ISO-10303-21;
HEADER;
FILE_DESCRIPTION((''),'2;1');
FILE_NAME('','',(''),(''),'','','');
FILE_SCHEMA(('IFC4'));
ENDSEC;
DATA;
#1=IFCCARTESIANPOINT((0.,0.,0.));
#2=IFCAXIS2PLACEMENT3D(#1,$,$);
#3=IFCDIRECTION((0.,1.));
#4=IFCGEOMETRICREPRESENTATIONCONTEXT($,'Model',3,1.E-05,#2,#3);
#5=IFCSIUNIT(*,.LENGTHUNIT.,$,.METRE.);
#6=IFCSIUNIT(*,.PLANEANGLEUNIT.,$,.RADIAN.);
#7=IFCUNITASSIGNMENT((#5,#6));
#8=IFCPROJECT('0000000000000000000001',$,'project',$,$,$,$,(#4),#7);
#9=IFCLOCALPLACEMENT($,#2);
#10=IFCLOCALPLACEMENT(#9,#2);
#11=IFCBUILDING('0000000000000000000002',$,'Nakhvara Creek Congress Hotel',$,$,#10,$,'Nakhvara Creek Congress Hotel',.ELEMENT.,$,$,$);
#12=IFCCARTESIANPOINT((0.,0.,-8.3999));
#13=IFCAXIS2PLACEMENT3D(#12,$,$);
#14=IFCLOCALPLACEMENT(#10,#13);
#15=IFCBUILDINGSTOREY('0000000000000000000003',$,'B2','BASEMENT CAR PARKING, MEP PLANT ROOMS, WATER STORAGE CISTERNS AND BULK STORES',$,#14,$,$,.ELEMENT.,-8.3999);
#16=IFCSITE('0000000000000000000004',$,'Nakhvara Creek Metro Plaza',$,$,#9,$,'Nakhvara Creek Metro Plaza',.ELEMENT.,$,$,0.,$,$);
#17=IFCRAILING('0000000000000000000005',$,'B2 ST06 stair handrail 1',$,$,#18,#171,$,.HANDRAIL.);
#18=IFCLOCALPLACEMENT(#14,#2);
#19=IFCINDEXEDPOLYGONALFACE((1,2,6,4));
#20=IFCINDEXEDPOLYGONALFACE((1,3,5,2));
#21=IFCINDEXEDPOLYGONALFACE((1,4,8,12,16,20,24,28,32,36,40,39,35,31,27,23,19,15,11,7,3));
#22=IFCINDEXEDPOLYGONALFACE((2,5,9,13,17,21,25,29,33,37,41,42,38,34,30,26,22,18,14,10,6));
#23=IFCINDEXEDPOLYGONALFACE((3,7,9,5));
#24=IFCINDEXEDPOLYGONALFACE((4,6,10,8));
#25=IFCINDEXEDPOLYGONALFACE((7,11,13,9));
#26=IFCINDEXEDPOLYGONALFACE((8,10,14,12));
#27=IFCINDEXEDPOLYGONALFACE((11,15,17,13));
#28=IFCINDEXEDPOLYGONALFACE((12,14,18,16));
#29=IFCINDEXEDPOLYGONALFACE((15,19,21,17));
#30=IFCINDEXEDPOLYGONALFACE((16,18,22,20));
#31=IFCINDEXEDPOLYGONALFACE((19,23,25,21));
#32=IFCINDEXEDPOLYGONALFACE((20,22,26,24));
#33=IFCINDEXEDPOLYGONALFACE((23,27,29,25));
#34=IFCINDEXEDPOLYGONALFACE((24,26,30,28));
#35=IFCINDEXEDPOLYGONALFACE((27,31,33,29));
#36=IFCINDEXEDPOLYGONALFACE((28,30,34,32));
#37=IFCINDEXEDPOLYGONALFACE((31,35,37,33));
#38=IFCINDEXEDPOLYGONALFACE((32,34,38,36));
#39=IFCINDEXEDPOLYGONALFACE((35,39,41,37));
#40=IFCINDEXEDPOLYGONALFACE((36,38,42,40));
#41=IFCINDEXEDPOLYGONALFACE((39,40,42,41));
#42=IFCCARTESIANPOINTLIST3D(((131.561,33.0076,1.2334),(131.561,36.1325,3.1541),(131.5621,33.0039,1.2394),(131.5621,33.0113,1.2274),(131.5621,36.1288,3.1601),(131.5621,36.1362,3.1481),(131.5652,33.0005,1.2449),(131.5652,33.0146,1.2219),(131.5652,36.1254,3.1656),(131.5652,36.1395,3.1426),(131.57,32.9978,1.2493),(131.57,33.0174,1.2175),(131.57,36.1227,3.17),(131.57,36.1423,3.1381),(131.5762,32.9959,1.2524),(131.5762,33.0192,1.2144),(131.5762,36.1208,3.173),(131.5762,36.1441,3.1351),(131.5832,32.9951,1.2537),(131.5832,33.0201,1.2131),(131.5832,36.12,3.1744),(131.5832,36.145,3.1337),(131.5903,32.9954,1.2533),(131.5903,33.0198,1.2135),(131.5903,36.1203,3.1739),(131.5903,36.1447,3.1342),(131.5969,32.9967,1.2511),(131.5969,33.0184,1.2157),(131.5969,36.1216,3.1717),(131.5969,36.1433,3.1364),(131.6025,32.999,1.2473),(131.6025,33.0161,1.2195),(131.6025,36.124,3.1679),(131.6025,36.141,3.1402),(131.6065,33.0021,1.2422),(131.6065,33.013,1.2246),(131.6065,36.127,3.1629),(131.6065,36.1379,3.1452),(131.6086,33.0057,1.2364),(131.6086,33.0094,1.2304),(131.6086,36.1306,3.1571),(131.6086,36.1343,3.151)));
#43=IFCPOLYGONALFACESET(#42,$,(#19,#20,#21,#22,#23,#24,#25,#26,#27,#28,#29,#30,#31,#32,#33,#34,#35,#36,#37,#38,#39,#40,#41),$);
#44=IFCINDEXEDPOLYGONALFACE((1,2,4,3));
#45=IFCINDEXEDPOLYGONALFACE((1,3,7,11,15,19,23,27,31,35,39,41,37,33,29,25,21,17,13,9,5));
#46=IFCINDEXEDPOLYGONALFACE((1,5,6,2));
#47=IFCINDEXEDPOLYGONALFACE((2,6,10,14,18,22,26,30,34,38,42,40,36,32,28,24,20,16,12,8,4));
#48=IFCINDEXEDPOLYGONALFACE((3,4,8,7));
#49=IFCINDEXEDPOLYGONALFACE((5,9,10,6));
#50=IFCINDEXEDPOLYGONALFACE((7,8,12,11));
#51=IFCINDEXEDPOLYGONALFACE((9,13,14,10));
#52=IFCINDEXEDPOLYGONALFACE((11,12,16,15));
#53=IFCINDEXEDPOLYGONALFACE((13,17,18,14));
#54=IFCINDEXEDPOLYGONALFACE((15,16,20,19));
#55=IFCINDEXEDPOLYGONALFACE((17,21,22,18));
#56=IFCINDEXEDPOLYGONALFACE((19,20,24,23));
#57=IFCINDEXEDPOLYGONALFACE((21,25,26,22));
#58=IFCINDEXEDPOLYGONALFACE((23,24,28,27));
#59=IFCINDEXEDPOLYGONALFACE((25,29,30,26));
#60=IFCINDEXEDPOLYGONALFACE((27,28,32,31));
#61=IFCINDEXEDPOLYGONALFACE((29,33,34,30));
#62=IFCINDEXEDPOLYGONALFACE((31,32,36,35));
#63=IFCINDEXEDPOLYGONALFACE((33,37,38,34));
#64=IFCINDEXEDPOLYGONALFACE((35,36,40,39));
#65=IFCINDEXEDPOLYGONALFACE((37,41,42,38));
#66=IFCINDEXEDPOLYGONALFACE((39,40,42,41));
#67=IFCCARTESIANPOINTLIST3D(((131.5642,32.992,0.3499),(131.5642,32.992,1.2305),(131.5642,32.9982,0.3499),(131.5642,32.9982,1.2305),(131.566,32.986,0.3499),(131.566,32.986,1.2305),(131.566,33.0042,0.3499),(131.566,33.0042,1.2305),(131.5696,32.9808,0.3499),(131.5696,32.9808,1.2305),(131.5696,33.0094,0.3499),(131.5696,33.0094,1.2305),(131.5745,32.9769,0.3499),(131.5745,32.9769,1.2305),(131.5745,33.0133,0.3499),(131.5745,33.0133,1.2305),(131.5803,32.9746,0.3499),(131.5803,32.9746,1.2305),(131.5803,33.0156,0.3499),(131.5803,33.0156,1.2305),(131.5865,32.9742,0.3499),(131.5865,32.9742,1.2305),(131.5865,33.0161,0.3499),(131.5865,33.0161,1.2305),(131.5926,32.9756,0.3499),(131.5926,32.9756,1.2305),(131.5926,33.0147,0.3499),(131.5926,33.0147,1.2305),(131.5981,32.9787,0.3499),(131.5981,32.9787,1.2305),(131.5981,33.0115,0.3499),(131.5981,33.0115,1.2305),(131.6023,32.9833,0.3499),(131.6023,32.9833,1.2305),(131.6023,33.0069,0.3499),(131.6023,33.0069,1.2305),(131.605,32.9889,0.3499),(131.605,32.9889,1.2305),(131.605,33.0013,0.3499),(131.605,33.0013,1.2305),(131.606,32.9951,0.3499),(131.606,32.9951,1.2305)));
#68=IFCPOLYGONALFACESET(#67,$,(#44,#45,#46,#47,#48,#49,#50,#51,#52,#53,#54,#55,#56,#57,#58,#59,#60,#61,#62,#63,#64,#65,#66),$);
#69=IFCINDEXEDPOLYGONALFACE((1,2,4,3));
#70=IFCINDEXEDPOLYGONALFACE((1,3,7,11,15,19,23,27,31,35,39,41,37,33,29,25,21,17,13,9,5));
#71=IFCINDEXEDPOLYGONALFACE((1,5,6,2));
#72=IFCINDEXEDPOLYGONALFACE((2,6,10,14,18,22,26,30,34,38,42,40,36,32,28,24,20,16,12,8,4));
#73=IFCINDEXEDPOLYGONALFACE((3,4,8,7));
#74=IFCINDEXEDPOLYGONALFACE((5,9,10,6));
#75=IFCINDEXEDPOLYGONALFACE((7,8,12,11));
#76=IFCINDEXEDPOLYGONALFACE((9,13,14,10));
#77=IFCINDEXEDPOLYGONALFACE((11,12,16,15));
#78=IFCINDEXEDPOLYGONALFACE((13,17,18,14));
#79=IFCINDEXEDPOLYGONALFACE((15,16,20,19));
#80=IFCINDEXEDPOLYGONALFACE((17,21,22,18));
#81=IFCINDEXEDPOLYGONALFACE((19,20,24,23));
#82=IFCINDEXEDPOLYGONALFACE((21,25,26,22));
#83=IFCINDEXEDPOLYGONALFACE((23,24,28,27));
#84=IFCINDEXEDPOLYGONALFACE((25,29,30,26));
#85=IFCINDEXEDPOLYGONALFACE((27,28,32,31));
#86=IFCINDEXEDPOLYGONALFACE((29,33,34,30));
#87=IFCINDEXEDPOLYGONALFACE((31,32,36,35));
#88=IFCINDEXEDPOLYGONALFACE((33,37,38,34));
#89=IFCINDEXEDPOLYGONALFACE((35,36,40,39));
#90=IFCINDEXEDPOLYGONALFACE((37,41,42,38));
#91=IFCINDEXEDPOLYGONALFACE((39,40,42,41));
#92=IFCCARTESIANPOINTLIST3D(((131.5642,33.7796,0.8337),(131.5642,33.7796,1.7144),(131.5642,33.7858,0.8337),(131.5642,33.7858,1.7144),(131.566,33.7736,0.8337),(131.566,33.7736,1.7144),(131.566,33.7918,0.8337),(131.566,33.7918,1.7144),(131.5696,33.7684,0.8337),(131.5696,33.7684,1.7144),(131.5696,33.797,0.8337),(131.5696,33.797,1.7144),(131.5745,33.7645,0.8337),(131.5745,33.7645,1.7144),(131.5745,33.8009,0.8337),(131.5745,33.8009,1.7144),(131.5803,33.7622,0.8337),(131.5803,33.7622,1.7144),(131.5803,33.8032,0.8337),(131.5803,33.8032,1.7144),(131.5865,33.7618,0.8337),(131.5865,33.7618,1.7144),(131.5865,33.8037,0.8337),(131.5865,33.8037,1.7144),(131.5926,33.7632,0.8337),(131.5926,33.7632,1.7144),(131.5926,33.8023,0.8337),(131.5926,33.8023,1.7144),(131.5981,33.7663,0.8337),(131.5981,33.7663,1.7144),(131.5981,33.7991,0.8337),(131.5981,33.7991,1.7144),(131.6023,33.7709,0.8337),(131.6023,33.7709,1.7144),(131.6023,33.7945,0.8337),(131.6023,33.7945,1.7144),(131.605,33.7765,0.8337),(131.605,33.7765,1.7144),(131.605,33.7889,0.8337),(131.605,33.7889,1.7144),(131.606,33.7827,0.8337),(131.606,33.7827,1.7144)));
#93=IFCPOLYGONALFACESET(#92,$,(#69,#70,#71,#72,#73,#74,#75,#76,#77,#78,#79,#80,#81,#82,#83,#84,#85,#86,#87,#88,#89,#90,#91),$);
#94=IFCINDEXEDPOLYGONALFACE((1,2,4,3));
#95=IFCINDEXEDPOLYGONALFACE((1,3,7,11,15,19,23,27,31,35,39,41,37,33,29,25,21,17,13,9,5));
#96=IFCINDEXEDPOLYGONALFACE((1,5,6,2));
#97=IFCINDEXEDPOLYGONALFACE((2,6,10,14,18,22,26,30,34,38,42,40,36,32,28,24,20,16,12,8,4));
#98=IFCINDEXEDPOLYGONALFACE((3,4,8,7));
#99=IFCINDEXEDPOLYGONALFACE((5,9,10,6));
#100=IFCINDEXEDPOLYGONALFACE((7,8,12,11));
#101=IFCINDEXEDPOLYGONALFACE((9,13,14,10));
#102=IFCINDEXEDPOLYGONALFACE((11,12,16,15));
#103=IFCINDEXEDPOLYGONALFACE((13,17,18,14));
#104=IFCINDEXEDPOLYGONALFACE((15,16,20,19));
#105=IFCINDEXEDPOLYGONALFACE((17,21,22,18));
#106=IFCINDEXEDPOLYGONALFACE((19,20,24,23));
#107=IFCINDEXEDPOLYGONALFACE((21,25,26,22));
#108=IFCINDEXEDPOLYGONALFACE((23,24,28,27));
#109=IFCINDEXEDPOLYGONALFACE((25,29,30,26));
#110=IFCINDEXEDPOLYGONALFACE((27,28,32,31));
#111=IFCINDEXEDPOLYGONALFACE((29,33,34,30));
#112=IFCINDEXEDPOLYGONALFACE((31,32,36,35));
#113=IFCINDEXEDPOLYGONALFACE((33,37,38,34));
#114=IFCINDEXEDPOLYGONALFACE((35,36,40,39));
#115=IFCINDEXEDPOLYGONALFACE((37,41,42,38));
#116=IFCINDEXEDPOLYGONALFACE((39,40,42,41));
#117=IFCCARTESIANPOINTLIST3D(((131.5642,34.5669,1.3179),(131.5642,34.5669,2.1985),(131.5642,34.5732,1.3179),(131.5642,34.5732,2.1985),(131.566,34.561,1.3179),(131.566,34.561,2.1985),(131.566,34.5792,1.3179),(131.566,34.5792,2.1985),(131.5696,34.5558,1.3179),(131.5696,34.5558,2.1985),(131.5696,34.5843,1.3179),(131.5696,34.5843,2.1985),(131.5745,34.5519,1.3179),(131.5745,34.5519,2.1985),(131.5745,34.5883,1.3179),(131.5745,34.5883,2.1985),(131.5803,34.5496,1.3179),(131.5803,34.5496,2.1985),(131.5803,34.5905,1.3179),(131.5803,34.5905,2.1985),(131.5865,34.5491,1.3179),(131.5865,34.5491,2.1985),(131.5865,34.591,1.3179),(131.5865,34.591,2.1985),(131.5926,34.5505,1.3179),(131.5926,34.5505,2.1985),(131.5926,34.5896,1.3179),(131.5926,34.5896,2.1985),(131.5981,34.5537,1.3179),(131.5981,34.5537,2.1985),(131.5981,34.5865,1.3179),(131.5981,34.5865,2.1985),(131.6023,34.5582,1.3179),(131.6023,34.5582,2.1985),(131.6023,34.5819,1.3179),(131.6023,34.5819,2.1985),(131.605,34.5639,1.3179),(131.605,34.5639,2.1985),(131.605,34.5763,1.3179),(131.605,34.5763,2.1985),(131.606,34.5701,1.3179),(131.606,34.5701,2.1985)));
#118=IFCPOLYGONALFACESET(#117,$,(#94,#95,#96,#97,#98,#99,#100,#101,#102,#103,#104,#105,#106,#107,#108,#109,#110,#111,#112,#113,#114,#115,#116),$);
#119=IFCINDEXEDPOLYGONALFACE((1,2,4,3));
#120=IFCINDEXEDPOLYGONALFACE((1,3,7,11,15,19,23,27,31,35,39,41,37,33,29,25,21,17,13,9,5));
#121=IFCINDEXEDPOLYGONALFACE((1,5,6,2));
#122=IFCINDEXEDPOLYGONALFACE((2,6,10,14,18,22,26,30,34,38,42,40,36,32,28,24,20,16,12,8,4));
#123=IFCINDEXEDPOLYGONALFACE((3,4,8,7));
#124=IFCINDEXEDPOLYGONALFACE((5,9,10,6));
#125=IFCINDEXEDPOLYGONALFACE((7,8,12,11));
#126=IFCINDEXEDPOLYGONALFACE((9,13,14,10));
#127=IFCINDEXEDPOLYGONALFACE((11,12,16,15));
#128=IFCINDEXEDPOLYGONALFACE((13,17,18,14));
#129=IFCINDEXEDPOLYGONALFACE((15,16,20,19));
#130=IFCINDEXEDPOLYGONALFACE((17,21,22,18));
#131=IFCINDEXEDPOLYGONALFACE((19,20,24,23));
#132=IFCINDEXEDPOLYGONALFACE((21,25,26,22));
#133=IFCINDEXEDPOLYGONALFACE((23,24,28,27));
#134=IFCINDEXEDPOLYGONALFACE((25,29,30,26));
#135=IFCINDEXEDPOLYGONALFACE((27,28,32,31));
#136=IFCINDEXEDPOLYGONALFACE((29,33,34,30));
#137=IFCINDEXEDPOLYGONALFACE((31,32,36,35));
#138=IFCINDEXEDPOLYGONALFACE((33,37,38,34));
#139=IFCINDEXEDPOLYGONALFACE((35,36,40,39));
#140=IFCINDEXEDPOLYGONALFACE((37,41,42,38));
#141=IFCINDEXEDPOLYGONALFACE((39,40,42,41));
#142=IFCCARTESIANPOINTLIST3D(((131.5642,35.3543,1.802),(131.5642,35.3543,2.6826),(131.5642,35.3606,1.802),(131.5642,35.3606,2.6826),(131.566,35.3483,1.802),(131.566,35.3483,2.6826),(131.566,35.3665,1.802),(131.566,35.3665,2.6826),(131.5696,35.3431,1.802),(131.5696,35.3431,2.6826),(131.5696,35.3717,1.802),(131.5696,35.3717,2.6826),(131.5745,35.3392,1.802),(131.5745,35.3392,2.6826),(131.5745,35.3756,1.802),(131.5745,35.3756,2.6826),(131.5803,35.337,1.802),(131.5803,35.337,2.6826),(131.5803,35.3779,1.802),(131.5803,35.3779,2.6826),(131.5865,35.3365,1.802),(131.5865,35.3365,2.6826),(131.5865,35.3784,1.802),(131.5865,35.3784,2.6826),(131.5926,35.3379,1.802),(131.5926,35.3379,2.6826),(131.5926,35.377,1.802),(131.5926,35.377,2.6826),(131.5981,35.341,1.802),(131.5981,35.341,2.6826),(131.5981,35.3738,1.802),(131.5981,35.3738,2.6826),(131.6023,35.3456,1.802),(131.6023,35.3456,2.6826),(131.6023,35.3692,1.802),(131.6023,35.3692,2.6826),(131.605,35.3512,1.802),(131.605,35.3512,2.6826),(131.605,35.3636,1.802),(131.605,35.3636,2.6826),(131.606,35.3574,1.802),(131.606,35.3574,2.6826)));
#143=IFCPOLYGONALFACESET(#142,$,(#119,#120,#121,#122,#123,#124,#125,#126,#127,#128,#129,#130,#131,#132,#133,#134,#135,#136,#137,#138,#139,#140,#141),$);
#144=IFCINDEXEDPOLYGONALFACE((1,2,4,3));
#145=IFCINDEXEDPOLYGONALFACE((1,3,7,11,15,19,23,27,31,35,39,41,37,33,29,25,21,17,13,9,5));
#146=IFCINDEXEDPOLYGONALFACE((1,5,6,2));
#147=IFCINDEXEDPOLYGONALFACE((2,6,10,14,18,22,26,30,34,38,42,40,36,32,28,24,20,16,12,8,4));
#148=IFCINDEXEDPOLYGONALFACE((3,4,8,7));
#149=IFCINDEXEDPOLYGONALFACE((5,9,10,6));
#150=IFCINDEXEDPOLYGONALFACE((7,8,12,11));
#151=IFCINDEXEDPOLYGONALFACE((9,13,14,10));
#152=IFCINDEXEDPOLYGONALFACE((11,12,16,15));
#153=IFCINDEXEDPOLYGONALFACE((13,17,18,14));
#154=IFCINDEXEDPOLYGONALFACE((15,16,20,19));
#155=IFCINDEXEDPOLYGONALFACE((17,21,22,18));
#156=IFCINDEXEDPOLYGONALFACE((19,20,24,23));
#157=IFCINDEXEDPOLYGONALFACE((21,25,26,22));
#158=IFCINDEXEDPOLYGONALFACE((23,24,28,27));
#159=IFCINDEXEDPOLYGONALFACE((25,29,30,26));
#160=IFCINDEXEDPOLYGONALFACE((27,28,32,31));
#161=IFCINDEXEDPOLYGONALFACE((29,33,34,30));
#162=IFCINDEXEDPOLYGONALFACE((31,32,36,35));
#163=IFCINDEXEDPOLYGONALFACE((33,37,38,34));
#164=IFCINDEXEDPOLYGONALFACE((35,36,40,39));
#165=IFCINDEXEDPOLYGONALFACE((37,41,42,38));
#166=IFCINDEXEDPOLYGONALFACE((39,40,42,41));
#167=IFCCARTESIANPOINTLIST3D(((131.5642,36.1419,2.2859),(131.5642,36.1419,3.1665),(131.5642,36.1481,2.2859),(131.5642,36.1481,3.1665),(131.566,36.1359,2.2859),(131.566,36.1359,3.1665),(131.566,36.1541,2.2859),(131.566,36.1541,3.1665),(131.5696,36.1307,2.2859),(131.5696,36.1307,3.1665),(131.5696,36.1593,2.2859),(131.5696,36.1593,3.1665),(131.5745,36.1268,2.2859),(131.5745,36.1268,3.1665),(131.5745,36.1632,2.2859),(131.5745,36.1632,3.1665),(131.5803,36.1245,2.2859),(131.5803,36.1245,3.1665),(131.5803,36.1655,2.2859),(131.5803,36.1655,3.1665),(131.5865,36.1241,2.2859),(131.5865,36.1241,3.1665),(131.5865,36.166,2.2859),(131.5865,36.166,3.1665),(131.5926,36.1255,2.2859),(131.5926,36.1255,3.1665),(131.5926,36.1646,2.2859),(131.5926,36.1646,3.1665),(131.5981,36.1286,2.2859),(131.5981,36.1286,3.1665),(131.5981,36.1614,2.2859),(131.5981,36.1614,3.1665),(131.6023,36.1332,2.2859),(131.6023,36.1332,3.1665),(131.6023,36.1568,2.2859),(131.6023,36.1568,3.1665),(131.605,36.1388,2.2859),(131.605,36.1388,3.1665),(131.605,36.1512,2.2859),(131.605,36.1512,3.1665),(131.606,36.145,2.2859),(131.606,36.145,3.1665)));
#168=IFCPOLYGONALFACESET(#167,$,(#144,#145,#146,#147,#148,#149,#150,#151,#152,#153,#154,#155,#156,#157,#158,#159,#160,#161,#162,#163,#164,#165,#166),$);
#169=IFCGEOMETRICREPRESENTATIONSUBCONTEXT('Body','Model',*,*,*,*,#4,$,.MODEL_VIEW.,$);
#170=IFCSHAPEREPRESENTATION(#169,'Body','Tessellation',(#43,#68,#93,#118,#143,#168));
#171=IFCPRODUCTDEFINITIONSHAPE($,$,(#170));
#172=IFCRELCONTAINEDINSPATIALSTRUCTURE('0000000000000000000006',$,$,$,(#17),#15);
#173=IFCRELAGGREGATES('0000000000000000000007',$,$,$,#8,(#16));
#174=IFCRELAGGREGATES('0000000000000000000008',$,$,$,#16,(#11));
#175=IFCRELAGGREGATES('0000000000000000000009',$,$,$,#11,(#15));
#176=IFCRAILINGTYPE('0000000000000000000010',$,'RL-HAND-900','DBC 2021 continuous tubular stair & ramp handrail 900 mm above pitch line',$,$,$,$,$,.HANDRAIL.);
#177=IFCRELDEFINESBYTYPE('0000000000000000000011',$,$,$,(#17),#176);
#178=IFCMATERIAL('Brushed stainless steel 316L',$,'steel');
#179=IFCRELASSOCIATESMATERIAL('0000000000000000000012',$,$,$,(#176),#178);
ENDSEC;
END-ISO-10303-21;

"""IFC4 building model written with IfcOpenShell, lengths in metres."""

from ifc_helpers import new_model, si_unit, direction, frame, origin, origin_2d, place, context, subcontext, project, spatial, circle, extrude, material, type_object, element, save


model = new_model("IFC4")

# Units and contexts
model_context = context("Model", 3, precision=1e-05, world=origin(), true_north=direction((0.0, 1.0)))
body_context = subcontext(model_context, "Body", "Model", "MODEL_VIEW")
ifc_project = project(units=[si_unit("LENGTHUNIT", "METRE"), si_unit("PLANEANGLEUNIT", "RADIAN")], contexts=[model_context])

# Site, building, storey
site_placement = place(None, origin())
site = spatial("IfcSite", under=ifc_project, at=site_placement, Name="Nakhvara Creek Metro Plaza", LongName="Nakhvara Creek Metro Plaza", CompositionType="ELEMENT", RefElevation=0.0)
building_placement = place(site_placement, origin())
building = spatial("IfcBuilding", under=site, at=building_placement, Name="Nakhvara Creek Congress Hotel", LongName="Nakhvara Creek Congress Hotel", CompositionType="ELEMENT")
storey_placement = place(building_placement, frame((0.0, 0.0, -8.3999)))
storey = spatial("IfcBuildingStorey", under=building, at=storey_placement, Name="B2", Description="BASEMENT CAR PARKING, MEP PLANT ROOMS, WATER STORAGE CISTERNS AND BULK STORES", CompositionType="ELEMENT", Elevation=-8.3999)

# Railing
ifc_material_1 = material(Name="Brushed stainless steel 316L", Category="steel")
railing_type = type_object("IfcRailingType", Name="RL-HAND-900", Description="DBC 2021 continuous tubular stair & ramp handrail 900 mm above pitch line", PredefinedType="HANDRAIL", material=ifc_material_1)
railing_placement = place(storey_placement, frame((131.585, 32.9951, 0.3499)))
element("IfcRailing", 1, at=railing_placement, inside=storey, type_object=railing_type, Name="B2 ST06 stair handrail 1", PredefinedType="HANDRAIL", context=body_context, shape_type="SweptSolid", body=[
    extrude(circle(Radius=0.0239, at=origin_2d()), frame((0.0, 0.0125, 0.8835), z_axis=(0.0, 0.851944, 0.523633), x_axis=(-1.0, 0.0, 0.0)), (0.0, 0.0, 1.0), 3.668),
    extrude(circle(Radius=0.021, at=origin_2d()), origin(), (0.0, 0.0, 1.0), 0.8806),
    extrude(circle(Radius=0.021, at=origin_2d()), frame((0.0, 0.7876, 0.4839)), (0.0, 0.0, 1.0), 0.8806),
    extrude(circle(Radius=0.021, at=origin_2d()), frame((0.0, 1.575, 0.968)), (0.0, 0.0, 1.0), 0.8806),
    extrude(circle(Radius=0.021, at=origin_2d()), frame((0.0, 2.3623, 1.4521)), (0.0, 0.0, 1.0), 0.8806),
    extrude(circle(Radius=0.021, at=origin_2d()), frame((0.0, 3.1499, 1.936)), (0.0, 0.0, 1.0), 0.8806),
])

save(model, "model.ifc")
